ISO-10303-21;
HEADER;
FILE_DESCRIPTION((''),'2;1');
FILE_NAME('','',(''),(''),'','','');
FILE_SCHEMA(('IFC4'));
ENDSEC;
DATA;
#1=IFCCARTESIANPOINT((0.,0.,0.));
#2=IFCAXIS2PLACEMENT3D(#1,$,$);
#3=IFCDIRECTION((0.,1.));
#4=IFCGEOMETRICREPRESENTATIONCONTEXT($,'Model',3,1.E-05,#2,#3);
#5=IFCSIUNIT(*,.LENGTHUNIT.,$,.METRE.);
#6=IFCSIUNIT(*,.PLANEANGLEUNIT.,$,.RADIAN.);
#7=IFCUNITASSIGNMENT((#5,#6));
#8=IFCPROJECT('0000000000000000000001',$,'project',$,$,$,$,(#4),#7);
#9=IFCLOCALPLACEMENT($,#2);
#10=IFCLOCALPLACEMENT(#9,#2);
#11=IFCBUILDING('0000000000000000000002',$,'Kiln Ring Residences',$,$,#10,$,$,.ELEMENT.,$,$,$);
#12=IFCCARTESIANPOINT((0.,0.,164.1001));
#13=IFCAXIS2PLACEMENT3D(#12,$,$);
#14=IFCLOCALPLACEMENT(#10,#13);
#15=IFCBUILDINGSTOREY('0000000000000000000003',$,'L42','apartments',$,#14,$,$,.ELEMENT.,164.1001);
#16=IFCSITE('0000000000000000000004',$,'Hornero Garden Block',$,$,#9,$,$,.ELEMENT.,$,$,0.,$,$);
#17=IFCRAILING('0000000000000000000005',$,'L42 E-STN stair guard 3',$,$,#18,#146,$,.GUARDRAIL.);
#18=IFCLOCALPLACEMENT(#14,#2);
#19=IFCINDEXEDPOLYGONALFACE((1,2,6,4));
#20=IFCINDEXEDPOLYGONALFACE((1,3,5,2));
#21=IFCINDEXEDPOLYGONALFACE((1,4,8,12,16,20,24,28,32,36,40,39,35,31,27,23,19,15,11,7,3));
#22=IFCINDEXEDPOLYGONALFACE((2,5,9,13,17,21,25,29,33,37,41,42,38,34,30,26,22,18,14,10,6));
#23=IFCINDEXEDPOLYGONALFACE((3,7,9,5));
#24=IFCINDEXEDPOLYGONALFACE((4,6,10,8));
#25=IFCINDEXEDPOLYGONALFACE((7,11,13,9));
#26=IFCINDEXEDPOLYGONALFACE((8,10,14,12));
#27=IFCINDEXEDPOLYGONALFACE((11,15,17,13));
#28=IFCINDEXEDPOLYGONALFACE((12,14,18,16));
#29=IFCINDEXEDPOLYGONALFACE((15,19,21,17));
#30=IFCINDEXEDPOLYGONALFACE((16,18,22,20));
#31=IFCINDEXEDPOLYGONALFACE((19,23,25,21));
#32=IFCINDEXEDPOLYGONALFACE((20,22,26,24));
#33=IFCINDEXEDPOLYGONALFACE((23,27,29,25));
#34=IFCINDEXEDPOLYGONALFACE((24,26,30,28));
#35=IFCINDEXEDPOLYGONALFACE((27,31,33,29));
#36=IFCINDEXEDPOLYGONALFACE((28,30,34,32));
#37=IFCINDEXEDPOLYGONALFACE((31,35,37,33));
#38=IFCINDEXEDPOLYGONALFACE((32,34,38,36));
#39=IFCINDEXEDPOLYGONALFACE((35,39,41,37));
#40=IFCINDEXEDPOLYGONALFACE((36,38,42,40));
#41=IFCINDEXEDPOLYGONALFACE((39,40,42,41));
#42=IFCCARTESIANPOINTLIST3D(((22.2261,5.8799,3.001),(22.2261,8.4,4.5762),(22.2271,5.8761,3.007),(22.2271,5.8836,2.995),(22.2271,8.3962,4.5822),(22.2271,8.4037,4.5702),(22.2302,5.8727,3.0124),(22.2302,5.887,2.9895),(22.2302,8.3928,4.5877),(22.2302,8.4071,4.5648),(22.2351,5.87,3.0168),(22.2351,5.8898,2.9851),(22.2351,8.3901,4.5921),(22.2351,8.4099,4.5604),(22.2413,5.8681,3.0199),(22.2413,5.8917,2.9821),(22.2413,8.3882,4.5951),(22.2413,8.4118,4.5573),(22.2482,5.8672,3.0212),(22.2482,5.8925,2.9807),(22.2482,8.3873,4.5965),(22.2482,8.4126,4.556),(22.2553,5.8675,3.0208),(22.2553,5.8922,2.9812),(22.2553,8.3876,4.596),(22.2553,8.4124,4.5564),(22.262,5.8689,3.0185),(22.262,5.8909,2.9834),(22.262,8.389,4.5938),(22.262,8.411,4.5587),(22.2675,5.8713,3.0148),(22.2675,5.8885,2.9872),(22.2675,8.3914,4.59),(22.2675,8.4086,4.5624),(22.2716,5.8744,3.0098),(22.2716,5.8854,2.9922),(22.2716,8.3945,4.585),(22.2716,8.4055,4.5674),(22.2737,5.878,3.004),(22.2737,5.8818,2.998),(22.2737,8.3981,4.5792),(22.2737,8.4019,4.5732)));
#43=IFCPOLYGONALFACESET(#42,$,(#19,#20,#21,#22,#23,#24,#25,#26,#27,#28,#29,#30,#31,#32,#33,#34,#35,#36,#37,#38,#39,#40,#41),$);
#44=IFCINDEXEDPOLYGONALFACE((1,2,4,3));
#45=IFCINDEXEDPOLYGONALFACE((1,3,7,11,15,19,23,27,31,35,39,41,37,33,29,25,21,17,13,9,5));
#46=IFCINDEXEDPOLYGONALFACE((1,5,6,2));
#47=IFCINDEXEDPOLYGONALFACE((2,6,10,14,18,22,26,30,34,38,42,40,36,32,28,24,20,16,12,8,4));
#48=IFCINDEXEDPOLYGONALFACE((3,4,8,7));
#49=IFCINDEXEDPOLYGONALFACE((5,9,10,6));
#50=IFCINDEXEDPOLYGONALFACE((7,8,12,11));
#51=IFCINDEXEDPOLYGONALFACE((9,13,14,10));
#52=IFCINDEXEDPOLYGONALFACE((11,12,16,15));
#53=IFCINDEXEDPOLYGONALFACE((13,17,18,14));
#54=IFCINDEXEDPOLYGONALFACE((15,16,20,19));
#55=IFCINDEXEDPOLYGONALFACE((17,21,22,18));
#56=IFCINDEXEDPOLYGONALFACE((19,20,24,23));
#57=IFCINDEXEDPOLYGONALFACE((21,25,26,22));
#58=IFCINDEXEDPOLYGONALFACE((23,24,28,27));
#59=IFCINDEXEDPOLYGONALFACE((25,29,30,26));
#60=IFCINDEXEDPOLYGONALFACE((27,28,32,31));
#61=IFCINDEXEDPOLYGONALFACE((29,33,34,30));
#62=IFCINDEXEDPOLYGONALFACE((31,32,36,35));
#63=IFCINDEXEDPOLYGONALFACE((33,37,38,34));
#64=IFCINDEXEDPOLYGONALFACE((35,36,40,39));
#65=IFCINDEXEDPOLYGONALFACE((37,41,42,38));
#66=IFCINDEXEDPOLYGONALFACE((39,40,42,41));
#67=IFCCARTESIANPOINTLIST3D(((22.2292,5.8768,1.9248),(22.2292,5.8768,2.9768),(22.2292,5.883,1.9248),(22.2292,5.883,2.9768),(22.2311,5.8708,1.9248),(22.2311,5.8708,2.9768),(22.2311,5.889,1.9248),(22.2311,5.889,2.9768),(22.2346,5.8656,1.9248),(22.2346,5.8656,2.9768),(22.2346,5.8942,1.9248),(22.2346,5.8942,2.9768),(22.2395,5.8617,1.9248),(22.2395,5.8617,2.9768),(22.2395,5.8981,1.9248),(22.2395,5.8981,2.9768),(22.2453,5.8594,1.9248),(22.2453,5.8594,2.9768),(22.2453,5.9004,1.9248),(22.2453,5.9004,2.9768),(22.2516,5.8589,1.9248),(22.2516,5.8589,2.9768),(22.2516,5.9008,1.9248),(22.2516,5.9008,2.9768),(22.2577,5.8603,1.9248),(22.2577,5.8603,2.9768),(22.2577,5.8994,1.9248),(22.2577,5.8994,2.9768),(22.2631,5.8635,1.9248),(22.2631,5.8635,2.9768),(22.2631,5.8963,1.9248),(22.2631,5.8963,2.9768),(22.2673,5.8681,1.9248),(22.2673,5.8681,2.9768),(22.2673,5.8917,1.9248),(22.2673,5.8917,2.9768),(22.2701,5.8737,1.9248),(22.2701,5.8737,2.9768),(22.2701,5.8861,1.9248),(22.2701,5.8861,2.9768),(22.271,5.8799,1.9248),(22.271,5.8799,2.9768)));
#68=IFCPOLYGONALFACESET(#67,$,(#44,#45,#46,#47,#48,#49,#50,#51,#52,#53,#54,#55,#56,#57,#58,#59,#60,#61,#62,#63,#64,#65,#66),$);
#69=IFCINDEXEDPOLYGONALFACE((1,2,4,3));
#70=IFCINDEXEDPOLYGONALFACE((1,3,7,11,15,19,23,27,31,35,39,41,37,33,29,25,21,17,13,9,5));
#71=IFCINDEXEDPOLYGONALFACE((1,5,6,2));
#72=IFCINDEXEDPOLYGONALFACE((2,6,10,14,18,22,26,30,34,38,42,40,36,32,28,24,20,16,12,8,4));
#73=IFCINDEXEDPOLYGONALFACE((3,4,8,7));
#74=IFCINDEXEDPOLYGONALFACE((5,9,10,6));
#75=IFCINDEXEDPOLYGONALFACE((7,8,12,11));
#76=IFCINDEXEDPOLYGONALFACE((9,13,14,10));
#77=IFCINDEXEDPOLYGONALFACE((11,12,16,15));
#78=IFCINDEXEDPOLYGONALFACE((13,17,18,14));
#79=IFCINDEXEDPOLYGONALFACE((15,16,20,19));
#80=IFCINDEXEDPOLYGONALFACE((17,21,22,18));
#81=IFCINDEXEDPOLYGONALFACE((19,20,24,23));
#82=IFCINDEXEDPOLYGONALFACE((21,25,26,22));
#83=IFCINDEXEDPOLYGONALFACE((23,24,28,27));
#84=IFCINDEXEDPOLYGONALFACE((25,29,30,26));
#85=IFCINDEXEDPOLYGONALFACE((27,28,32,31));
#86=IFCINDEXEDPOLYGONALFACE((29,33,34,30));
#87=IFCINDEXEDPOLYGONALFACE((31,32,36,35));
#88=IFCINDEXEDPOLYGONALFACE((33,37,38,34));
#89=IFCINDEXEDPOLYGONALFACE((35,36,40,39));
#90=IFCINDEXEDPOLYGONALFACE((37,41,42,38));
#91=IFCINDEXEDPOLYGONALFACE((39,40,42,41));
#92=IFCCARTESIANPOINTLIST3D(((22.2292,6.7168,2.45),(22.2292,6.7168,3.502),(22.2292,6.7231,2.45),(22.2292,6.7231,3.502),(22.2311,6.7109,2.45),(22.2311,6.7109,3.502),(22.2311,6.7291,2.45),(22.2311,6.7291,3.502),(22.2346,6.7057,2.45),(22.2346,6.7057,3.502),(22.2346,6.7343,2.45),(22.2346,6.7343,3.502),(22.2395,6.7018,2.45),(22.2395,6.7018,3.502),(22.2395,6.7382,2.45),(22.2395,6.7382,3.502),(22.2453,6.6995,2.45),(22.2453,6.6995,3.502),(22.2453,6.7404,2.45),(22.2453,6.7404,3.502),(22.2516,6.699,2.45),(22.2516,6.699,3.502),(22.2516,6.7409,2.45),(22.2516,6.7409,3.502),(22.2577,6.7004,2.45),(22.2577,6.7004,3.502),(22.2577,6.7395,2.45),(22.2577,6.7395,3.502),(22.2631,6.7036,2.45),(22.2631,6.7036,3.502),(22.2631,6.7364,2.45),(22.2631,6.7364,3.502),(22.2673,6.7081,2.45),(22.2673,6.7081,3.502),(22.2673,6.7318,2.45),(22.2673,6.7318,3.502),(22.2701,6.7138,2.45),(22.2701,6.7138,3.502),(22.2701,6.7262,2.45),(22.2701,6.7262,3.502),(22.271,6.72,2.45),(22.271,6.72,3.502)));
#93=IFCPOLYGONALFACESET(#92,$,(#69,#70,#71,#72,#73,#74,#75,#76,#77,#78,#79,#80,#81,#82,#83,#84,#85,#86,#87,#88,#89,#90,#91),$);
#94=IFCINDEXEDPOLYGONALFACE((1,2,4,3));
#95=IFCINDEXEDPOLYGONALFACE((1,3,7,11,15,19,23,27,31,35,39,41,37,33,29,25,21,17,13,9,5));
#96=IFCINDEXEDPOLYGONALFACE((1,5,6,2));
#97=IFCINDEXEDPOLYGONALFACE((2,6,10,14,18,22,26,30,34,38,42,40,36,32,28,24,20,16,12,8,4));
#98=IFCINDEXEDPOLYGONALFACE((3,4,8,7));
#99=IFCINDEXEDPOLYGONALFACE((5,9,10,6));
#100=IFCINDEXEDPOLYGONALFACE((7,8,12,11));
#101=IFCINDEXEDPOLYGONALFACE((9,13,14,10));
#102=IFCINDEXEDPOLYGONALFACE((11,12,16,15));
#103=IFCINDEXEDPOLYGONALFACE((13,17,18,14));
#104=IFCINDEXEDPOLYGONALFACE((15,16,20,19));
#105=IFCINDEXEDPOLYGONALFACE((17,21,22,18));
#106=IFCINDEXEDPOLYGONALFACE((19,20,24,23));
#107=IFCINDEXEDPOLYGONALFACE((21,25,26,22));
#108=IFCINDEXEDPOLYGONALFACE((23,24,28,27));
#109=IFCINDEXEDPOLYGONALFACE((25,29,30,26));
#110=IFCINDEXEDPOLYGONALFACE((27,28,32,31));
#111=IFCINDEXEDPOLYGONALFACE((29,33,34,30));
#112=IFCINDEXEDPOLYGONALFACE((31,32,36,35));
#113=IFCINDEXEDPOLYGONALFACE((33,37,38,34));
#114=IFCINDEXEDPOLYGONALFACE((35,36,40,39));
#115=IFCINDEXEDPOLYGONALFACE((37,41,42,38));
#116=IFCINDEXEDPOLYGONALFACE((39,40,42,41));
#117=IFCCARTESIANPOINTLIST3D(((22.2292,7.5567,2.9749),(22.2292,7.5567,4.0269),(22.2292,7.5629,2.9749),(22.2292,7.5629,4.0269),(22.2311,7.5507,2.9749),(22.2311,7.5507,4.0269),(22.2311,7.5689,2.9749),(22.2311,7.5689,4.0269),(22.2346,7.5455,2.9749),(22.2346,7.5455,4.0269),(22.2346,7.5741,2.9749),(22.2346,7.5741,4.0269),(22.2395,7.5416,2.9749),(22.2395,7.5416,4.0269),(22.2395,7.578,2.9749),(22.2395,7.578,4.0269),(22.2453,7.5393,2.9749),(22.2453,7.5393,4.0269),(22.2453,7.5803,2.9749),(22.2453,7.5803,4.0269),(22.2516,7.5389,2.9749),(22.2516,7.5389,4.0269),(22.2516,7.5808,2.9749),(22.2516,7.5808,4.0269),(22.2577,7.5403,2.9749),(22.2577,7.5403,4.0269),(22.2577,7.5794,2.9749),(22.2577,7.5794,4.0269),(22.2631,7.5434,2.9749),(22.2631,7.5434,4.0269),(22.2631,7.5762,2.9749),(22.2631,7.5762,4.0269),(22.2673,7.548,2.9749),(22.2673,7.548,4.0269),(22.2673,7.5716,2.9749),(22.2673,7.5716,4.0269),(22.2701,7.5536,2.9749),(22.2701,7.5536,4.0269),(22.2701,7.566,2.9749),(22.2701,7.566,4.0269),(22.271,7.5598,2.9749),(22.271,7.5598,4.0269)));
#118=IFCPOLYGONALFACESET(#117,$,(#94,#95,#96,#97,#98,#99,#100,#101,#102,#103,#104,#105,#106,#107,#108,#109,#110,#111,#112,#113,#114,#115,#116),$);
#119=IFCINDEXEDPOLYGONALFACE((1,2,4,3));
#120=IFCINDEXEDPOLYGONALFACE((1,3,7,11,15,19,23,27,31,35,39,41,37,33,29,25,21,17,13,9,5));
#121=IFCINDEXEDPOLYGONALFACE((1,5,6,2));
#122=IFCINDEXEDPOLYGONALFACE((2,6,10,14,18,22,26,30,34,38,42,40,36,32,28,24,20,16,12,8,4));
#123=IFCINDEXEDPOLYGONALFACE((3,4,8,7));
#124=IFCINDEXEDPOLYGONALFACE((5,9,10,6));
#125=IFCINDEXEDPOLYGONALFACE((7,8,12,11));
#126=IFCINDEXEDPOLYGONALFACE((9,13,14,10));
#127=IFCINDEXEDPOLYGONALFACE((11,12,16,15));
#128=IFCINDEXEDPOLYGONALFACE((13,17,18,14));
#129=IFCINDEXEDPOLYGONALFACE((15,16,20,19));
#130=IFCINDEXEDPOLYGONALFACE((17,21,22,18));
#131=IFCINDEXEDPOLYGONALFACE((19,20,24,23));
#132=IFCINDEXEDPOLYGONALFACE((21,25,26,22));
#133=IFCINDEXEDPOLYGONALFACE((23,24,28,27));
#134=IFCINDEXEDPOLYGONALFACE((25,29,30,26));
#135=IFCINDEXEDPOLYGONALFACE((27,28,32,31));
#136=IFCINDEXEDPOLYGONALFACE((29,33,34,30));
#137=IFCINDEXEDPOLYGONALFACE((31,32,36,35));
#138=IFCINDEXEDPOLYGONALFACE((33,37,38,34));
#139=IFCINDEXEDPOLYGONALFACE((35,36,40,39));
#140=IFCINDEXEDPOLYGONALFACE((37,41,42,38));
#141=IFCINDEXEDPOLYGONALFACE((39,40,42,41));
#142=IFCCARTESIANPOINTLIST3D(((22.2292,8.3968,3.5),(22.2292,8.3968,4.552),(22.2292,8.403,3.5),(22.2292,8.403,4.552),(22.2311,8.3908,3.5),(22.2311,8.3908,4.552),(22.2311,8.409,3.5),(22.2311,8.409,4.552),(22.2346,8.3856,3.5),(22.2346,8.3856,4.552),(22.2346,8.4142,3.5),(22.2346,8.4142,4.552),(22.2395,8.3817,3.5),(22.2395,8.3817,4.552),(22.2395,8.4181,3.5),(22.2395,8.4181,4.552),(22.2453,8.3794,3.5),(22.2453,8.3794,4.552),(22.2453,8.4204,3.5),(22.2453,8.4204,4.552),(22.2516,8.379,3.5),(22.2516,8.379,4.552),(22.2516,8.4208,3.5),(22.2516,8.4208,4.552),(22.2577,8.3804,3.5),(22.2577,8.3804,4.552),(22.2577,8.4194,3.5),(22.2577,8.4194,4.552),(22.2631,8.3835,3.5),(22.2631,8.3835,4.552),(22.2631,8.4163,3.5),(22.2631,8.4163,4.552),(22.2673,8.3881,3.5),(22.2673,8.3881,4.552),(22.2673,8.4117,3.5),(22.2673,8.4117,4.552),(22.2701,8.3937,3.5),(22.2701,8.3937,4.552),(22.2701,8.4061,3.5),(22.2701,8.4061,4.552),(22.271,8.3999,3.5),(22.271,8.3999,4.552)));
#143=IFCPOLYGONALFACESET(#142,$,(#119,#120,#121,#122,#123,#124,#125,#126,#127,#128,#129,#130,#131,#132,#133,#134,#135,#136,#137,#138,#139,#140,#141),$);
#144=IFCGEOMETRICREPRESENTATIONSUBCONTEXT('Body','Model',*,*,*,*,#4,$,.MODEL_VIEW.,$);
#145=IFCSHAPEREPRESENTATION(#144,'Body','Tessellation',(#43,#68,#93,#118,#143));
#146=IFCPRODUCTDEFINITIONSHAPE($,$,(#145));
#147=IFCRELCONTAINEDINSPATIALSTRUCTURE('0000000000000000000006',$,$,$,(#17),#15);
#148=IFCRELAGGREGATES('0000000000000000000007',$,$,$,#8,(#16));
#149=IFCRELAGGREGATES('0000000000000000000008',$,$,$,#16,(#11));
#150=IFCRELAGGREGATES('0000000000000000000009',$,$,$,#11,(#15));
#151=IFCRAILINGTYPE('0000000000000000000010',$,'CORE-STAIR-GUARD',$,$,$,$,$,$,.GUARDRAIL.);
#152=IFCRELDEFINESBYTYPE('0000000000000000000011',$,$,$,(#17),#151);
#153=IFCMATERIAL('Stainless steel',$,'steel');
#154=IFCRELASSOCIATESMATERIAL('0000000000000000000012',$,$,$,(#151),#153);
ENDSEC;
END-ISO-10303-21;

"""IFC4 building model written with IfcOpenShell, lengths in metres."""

from ifc_helpers import new_model, si_unit, direction, frame, origin, origin_2d, place, context, subcontext, project, spatial, circle, extrude, material, type_object, element, save


model = new_model("IFC4")

# Units and contexts
model_context = context("Model", 3, precision=1e-05, world=origin(), true_north=direction((0.0, 1.0)))
body_context = subcontext(model_context, "Body", "Model", "MODEL_VIEW")
ifc_project = project(units=[si_unit("LENGTHUNIT", "METRE"), si_unit("PLANEANGLEUNIT", "RADIAN")], contexts=[model_context])

# Site, building, storey
site_placement = place(None, origin())
site = spatial("IfcSite", under=ifc_project, at=site_placement, Name="Hornero Garden Block", CompositionType="ELEMENT", RefElevation=0.0)
building_placement = place(site_placement, origin())
building = spatial("IfcBuilding", under=site, at=building_placement, Name="Kiln Ring Residences", CompositionType="ELEMENT")
storey_placement = place(building_placement, frame((0.0, 0.0, 164.1001)))
storey = spatial("IfcBuildingStorey", under=building, at=storey_placement, Name="L42", Description="apartments", CompositionType="ELEMENT", Elevation=164.1001)

# Railing
ifc_material_1 = material(Name="Stainless steel", Category="steel")
railing_type_1 = type_object("IfcRailingType", Name="CORE-STAIR-GUARD", PredefinedType="GUARDRAIL", material=ifc_material_1)
railing_1_placement = place(storey_placement, frame((22.25, 5.8799, 1.9248)))
element("IfcRailing", 1, at=railing_1_placement, inside=storey, type_object=railing_type_1, Name="L42 E-STN stair guard 3", PredefinedType="GUARDRAIL", context=body_context, shape_type="SweptSolid", body=[
    extrude(circle(Radius=0.0239, at=origin_2d()), frame((0.0, 0.0, 1.0762), z_axis=(0.0, 0.847971, 0.530043), x_axis=(-1.0, 0.0, 0.0)), (0.0, 0.0, 1.0), 2.9719),
    extrude(circle(Radius=0.021, at=origin_2d()), origin(), (0.0, 0.0, 1.0), 1.052),
    extrude(circle(Radius=0.021, at=origin_2d()), frame((0.0, 0.8401, 0.5251)), (0.0, 0.0, 1.0), 1.052),
    extrude(circle(Radius=0.021, at=origin_2d()), frame((0.0, 1.6799, 1.05)), (0.0, 0.0, 1.0), 1.052),
    extrude(circle(Radius=0.021, at=origin_2d()), frame((0.0, 2.52, 1.5752)), (0.0, 0.0, 1.0), 1.052),
])

save(model, "model.ifc")
